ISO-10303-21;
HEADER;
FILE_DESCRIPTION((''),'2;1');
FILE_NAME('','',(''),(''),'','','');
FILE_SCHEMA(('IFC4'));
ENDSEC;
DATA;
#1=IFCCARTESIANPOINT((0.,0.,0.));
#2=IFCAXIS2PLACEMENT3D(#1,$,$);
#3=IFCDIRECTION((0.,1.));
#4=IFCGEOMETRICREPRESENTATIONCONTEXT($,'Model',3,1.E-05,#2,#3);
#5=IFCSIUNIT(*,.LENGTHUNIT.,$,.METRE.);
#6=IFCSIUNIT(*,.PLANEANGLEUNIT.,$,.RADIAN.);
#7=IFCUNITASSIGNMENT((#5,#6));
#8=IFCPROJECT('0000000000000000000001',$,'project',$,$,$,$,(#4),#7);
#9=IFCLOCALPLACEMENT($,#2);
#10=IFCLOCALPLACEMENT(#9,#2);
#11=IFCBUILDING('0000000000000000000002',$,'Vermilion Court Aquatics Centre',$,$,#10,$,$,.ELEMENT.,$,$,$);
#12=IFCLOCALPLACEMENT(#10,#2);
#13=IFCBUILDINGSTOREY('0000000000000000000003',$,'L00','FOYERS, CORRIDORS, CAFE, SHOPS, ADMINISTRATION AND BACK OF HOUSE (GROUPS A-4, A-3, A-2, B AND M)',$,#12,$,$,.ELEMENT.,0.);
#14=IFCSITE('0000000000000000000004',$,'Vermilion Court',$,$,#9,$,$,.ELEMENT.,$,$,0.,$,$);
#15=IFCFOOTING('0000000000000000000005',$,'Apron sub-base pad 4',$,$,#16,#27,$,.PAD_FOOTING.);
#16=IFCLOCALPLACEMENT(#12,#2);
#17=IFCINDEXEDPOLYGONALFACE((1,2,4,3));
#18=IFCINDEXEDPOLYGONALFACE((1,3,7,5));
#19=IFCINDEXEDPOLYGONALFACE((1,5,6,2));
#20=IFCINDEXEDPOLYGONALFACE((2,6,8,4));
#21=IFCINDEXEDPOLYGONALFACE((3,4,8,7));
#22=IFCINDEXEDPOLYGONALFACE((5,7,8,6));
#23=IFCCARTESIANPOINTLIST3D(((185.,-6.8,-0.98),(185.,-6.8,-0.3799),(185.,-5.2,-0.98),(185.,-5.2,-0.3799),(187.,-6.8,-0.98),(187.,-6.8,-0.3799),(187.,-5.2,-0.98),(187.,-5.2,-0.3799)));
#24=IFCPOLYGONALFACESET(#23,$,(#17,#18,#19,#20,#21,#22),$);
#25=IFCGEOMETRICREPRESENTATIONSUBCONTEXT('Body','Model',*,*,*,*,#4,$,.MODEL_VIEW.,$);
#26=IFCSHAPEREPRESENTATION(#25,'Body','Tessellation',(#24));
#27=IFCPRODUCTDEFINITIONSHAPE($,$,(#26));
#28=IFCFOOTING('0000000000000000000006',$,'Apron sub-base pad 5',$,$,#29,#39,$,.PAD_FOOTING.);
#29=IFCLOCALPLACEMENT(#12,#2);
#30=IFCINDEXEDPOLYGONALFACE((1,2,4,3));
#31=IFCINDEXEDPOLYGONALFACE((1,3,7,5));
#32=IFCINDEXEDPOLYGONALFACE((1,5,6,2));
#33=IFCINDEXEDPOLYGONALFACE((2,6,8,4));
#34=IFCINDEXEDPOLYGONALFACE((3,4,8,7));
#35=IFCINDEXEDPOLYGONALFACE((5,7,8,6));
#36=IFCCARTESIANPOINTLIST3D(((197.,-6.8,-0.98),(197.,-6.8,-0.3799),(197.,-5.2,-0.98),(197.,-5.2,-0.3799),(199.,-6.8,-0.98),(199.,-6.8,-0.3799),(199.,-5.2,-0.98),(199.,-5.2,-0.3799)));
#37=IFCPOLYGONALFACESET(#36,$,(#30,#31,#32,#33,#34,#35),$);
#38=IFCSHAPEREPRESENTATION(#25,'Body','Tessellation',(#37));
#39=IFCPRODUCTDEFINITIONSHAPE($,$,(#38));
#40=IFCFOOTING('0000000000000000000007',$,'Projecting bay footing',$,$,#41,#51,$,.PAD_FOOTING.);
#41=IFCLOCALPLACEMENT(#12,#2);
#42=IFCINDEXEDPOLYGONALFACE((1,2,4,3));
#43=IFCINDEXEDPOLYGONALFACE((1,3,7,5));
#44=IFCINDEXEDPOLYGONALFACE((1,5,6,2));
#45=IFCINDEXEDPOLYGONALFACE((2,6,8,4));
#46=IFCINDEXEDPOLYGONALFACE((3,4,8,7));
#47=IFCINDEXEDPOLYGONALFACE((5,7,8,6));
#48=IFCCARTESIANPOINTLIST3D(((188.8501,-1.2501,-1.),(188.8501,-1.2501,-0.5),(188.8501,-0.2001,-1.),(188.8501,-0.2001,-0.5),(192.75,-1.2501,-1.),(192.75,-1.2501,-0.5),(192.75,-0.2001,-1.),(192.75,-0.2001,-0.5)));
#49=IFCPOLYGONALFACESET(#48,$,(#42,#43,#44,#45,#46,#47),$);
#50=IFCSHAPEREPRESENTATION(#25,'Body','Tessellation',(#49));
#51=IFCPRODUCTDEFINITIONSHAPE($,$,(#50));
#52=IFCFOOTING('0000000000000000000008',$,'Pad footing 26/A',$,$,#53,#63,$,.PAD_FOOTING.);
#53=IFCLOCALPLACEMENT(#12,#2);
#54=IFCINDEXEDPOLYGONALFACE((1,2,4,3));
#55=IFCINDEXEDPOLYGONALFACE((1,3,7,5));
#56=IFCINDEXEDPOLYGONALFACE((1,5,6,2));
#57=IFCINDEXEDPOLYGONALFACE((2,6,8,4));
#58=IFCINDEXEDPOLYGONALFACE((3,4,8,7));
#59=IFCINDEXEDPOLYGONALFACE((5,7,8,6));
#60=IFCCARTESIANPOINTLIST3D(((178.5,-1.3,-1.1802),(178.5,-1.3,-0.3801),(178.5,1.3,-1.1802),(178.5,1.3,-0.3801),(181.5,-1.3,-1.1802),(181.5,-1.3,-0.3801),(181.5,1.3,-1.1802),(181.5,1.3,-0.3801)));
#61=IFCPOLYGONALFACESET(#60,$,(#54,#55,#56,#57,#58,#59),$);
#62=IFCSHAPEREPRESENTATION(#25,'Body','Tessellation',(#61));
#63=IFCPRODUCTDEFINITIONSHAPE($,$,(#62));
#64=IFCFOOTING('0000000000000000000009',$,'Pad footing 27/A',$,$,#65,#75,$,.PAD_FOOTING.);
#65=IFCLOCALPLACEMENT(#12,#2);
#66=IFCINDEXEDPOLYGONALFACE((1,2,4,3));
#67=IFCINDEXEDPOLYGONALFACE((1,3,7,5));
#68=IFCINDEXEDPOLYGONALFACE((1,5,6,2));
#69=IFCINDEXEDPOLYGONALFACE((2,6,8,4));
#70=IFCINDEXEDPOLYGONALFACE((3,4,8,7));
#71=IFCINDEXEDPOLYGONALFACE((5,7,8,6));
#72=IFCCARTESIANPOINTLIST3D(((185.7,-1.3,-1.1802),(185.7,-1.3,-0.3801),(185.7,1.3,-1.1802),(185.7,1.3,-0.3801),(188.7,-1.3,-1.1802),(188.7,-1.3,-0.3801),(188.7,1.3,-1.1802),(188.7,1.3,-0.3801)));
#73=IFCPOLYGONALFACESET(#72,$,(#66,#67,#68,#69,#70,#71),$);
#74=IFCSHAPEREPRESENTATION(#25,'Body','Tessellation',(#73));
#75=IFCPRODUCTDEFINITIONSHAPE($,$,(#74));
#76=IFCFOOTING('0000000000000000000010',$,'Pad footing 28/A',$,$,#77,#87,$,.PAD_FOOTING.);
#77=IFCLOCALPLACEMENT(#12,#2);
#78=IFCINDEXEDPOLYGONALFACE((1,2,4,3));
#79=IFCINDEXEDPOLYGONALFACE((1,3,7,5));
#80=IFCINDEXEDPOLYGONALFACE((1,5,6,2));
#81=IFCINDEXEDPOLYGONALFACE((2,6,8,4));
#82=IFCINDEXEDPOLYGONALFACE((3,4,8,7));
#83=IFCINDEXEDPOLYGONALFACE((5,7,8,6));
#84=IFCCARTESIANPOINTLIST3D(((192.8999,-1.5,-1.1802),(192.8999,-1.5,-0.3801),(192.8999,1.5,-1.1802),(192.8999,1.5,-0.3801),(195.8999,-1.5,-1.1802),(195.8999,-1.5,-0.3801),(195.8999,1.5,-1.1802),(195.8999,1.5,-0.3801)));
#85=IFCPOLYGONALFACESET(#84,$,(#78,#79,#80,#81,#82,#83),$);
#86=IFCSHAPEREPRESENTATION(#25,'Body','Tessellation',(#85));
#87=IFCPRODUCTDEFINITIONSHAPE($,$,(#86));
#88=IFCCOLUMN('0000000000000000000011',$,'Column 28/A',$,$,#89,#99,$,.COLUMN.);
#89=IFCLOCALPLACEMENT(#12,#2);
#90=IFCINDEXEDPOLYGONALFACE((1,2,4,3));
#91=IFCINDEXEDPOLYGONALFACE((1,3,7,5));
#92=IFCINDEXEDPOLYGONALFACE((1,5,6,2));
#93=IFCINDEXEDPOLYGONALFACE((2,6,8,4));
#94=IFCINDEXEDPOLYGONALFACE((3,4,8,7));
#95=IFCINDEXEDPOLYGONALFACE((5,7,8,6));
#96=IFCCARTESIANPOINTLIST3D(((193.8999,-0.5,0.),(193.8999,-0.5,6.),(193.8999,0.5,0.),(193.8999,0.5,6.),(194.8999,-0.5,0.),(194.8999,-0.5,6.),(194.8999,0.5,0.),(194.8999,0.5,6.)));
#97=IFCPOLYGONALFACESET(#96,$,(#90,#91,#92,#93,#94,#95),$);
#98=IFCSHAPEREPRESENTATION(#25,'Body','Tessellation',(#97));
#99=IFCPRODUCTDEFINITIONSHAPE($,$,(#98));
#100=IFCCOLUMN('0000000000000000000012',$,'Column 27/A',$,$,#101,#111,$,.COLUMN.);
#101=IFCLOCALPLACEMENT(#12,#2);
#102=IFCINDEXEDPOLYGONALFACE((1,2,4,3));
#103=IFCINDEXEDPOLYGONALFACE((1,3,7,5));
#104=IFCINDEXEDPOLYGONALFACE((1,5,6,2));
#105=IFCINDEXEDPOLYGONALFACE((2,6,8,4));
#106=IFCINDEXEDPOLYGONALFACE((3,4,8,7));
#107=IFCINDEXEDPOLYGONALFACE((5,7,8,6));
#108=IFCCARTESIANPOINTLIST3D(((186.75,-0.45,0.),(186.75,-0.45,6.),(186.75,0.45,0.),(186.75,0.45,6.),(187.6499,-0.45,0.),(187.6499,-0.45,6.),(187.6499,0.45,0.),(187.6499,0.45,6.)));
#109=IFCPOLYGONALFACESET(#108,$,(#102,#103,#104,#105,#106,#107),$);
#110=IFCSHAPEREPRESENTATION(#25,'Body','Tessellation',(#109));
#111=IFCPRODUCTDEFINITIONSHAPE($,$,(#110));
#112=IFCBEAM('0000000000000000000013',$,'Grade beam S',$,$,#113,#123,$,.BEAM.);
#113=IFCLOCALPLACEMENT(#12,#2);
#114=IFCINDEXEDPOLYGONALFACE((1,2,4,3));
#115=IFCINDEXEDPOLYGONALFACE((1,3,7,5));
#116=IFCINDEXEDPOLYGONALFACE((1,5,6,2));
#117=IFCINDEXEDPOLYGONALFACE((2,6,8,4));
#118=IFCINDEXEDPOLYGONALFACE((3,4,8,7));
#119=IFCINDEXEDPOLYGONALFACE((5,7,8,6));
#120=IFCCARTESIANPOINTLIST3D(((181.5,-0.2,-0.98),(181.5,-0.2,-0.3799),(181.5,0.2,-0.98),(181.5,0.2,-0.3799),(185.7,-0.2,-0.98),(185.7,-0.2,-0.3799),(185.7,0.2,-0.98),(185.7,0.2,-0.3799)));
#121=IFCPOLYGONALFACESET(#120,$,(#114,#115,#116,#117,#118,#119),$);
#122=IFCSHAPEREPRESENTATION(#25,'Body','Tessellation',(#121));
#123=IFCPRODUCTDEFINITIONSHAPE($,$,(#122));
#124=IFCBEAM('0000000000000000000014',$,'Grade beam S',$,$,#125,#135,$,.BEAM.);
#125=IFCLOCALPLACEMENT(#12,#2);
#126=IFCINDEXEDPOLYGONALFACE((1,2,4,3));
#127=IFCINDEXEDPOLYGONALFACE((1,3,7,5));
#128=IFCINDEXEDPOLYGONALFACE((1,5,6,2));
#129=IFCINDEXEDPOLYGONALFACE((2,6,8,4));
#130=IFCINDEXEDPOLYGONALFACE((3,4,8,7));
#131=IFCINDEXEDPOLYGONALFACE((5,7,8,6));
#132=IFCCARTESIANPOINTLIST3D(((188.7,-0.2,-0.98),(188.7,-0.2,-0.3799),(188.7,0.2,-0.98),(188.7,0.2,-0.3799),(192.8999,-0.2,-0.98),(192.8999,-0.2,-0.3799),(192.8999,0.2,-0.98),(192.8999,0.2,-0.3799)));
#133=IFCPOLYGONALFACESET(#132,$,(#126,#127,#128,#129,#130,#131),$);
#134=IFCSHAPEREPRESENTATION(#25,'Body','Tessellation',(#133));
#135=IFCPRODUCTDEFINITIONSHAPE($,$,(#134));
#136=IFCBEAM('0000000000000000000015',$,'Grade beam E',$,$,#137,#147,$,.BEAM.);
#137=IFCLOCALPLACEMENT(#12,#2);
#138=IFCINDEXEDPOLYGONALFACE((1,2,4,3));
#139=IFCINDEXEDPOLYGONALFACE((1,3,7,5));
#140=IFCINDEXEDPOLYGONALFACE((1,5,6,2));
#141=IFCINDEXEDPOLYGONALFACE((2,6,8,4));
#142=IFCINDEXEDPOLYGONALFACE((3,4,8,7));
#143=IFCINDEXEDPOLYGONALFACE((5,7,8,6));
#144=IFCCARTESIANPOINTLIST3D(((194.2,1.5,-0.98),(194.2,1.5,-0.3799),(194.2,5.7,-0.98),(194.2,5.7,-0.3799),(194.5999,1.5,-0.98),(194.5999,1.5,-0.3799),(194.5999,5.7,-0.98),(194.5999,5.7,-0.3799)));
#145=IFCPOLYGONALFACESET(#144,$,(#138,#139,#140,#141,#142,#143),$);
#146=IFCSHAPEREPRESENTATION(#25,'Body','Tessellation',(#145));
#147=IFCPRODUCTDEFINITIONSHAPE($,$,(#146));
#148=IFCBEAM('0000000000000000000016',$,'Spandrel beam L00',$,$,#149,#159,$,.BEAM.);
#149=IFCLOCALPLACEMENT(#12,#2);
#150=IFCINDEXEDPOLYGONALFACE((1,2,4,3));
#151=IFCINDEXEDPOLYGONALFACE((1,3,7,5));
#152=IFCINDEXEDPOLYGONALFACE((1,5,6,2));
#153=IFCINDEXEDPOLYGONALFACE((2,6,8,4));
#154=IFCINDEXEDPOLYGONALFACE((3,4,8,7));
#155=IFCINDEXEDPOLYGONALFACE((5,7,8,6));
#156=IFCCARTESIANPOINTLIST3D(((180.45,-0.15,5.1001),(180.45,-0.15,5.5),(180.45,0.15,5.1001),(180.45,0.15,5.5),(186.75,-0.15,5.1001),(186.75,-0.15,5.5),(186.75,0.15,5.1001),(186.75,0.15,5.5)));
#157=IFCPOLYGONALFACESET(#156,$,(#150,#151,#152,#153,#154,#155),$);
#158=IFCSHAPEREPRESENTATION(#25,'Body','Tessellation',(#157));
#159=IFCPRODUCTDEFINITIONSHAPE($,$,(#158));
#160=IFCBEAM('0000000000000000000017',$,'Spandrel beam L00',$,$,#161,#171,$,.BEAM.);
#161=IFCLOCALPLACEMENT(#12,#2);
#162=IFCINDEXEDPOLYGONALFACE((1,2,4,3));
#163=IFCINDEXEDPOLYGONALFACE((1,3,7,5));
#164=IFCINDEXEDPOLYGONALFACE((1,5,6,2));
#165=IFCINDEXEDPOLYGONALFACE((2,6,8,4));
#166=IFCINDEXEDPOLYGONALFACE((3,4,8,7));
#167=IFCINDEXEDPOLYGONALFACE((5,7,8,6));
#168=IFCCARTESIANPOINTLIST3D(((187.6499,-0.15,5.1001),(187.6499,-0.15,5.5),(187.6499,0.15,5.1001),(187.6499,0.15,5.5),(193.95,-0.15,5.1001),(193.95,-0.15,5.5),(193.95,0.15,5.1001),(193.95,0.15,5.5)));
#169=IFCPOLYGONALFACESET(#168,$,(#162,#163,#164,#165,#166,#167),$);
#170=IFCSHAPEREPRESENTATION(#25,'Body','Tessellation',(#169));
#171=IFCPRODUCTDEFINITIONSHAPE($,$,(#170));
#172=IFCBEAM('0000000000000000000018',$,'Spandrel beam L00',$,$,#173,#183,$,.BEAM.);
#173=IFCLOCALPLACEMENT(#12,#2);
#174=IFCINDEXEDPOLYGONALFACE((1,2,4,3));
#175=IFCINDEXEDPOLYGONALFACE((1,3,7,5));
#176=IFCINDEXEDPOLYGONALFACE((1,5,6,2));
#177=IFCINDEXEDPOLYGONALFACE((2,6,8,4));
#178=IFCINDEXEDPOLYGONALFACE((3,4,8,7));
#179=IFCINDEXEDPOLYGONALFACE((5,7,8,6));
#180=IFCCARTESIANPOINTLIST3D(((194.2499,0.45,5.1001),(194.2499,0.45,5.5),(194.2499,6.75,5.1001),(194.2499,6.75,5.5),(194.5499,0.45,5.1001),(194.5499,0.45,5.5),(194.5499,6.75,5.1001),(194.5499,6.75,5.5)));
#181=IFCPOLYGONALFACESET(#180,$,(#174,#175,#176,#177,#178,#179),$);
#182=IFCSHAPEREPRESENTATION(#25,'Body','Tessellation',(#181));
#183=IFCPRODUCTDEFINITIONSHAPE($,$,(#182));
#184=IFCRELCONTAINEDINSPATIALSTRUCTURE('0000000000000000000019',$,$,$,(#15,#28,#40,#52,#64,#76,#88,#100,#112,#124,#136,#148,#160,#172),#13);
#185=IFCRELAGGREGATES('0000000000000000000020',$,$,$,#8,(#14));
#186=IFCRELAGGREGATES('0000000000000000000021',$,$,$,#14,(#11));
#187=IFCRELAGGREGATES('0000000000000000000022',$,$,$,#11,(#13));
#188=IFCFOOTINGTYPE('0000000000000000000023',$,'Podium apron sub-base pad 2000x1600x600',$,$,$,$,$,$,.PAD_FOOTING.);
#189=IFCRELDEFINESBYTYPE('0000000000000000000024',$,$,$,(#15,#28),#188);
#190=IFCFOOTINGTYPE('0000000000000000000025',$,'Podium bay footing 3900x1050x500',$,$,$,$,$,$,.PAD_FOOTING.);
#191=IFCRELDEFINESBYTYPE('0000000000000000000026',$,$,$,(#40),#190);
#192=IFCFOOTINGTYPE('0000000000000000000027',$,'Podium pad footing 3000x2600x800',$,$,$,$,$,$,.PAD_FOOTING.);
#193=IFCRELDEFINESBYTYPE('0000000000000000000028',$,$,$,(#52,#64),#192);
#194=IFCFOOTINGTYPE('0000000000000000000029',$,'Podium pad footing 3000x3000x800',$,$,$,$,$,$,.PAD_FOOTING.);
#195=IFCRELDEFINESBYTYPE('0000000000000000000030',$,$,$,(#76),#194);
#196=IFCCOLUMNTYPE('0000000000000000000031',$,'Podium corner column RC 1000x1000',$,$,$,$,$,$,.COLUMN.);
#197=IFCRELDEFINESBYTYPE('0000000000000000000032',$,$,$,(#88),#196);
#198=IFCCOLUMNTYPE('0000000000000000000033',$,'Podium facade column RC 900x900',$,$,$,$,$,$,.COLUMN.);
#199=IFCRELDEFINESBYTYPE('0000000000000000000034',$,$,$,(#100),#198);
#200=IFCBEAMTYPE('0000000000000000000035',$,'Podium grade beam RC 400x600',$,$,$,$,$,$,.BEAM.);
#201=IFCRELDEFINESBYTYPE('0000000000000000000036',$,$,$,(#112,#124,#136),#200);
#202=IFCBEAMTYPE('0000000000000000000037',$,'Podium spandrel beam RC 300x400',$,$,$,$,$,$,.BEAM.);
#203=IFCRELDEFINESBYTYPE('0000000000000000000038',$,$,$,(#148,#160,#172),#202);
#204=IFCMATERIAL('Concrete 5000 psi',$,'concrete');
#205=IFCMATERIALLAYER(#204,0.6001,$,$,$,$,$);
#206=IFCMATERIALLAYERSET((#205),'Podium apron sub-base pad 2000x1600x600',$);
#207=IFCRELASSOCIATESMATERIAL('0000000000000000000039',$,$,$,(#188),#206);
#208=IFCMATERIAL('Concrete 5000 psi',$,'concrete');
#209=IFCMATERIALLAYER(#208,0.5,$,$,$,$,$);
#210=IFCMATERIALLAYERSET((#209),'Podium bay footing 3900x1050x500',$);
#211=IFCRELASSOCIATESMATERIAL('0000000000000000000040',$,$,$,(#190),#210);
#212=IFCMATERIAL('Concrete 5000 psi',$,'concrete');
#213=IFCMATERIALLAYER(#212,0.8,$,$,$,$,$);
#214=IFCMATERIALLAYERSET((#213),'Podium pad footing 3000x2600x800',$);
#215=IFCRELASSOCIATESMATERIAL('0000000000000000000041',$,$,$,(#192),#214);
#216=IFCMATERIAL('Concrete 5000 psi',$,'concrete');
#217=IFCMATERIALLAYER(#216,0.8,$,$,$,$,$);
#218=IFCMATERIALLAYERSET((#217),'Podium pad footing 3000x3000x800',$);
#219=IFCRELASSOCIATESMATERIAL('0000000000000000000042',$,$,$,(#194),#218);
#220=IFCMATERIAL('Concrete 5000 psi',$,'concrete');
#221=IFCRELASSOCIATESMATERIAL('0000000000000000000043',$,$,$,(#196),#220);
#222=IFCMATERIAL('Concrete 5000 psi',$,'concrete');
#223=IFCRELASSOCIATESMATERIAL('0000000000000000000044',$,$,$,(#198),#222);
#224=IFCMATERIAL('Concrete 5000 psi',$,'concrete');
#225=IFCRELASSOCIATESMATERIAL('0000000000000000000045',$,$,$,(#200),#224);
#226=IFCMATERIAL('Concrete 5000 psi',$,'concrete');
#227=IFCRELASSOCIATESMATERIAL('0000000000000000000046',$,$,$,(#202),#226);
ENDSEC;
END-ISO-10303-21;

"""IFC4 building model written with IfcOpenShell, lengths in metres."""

from ifc_helpers import new_model, si_unit, direction, frame, origin, origin_2d, place, context, subcontext, project, spatial, rectangle, extrude, material, layer, layer_set, material_profile, profile_set, type_object, element, save


model = new_model("IFC4")

# Units and contexts
model_context = context("Model", 3, precision=1e-05, world=origin(), true_north=direction((0.0, 1.0)))
body_context = subcontext(model_context, "Body", "Model", "MODEL_VIEW")
ifc_project = project(units=[si_unit("LENGTHUNIT", "METRE"), si_unit("PLANEANGLEUNIT", "RADIAN")], contexts=[model_context])

# Site, building, storey
site_placement = place(None, origin())
site = spatial("IfcSite", under=ifc_project, at=site_placement, Name="Vermilion Court", CompositionType="ELEMENT", RefElevation=0.0)
building_placement = place(site_placement, origin())
building = spatial("IfcBuilding", under=site, at=building_placement, Name="Vermilion Court Aquatics Centre", CompositionType="ELEMENT")
storey_placement = place(building_placement, origin())
storey = spatial("IfcBuildingStorey", under=building, at=storey_placement, Name="L00", Description="FOYERS, CORRIDORS, CAFE, SHOPS, ADMINISTRATION AND BACK OF HOUSE (GROUPS A-4, A-3, A-2, B AND M)", CompositionType="ELEMENT", Elevation=0.0)

# Footings
ifc_material_1 = material(Name="Concrete 5000 psi", Category="concrete")
ifc_layer_1 = layer(ifc_material_1, 0.6001)
ifc_layer_set_1 = layer_set([ifc_layer_1], Name="Podium apron sub-base pad 2000x1600x600")
footing_type_1 = type_object("IfcFootingType", Name="Podium apron sub-base pad 2000x1600x600", PredefinedType="PAD_FOOTING", material=ifc_layer_set_1)
for number, where, z_axis, x_axis, name in (
    (1, (186.0, -6.0, -0.98), (0.0, 0.0, 1.0), (1.0, 0.0, 0.0), "Apron sub-base pad 4"),
    (2, (198.0, -6.0, -0.98), (0.0, 0.0, 1.0), (1.0, 0.0, 0.0), "Apron sub-base pad 5"),
):
    element("IfcFooting", number, at=place(storey_placement, frame(where, z_axis=z_axis, x_axis=x_axis)), inside=storey, type_object=footing_type_1, Name=name, PredefinedType="PAD_FOOTING", context=body_context, shape_type="SweptSolid", body=[
        extrude(rectangle(XDim=2.0, YDim=1.6001, at=origin_2d()), origin(), (0.0, 0.0, 1.0), 0.6001),
    ])
ifc_material_2 = material(Name="Concrete 5000 psi", Category="concrete")
ifc_layer_2 = layer(ifc_material_2, 0.5)
ifc_layer_set_2 = layer_set([ifc_layer_2], Name="Podium bay footing 3900x1050x500")
footing_type_2 = type_object("IfcFootingType", Name="Podium bay footing 3900x1050x500", PredefinedType="PAD_FOOTING", material=ifc_layer_set_2)
footing_1_placement = place(storey_placement, frame((190.8, -0.7251, -1.0), z_axis=(0.0, 0.0, 1.0), x_axis=(1.0, 0.0, 0.0)))
element("IfcFooting", 3, at=footing_1_placement, inside=storey, type_object=footing_type_2, Name="Projecting bay footing", PredefinedType="PAD_FOOTING", context=body_context, shape_type="SweptSolid", body=[
    extrude(rectangle(XDim=3.8999, YDim=1.05, at=origin_2d()), origin(), (0.0, 0.0, 1.0), 0.5),
])
ifc_material_3 = material(Name="Concrete 5000 psi", Category="concrete")
ifc_layer_3 = layer(ifc_material_3, 0.8)
ifc_layer_set_3 = layer_set([ifc_layer_3], Name="Podium pad footing 3000x2600x800")
footing_type_3 = type_object("IfcFootingType", Name="Podium pad footing 3000x2600x800", PredefinedType="PAD_FOOTING", material=ifc_layer_set_3)
for number, where, z_axis, x_axis, name in (
    (4, (180.0, 0.0, -1.1802), (0.0, 0.0, 1.0), (1.0, 0.0, 0.0), "Pad footing 26/A"),
    (5, (187.2, 0.0, -1.1802), (0.0, 0.0, 1.0), (1.0, 0.0, 0.0), "Pad footing 27/A"),
):
    element("IfcFooting", number, at=place(storey_placement, frame(where, z_axis=z_axis, x_axis=x_axis)), inside=storey, type_object=footing_type_3, Name=name, PredefinedType="PAD_FOOTING", context=body_context, shape_type="SweptSolid", body=[
        extrude(rectangle(XDim=3.0, YDim=2.6001, at=origin_2d()), origin(), (0.0, 0.0, 1.0), 0.8),
    ])
ifc_material_4 = material(Name="Concrete 5000 psi", Category="concrete")
ifc_layer_4 = layer(ifc_material_4, 0.8)
ifc_layer_set_4 = layer_set([ifc_layer_4], Name="Podium pad footing 3000x3000x800")
footing_type_4 = type_object("IfcFootingType", Name="Podium pad footing 3000x3000x800", PredefinedType="PAD_FOOTING", material=ifc_layer_set_4)
footing_2_placement = place(storey_placement, frame((194.3999, 0.0, -1.1802), z_axis=(0.0, 0.0, 1.0), x_axis=(1.0, 0.0, 0.0)))
element("IfcFooting", 6, at=footing_2_placement, inside=storey, type_object=footing_type_4, Name="Pad footing 28/A", PredefinedType="PAD_FOOTING", context=body_context, shape_type="SweptSolid", body=[
    extrude(rectangle(XDim=3.0, YDim=3.0, at=origin_2d()), origin(), (0.0, 0.0, 1.0), 0.8),
])

# Columns
ifc_material_5 = material(Name="Concrete 5000 psi", Category="concrete")
ifc_material_profile_1 = material_profile(ifc_material_5, rectangle(XDim=1.0, YDim=1.0, at=origin_2d()), Name="RC 1000x1000")
ifc_profile_set_1 = profile_set([ifc_material_profile_1], Name="Concrete 5000 psi")
column_type_1 = type_object("IfcColumnType", Name="Podium corner column RC 1000x1000", PredefinedType="COLUMN", material=ifc_profile_set_1)
column_1_placement = place(storey_placement, frame((194.3999, 0.0, 0.0), z_axis=(0.0, 0.0, 1.0), x_axis=(1.0, 0.0, 0.0)))
element("IfcColumn", 7, at=column_1_placement, inside=storey, type_object=column_type_1, Name="Column 28/A", PredefinedType="COLUMN", context=body_context, shape_type="SweptSolid", body=[
    extrude(rectangle(XDim=1.0, YDim=1.0, at=origin_2d()), origin(), (0.0, 0.0, 1.0), 6.0),
])
ifc_material_6 = material(Name="Concrete 5000 psi", Category="concrete")
ifc_material_profile_2 = material_profile(ifc_material_6, rectangle(XDim=0.8999, YDim=0.8999, at=origin_2d()), Name="RC 900x900")
ifc_profile_set_2 = profile_set([ifc_material_profile_2], Name="Concrete 5000 psi")
column_type_2 = type_object("IfcColumnType", Name="Podium facade column RC 900x900", PredefinedType="COLUMN", material=ifc_profile_set_2)
column_2_placement = place(storey_placement, frame((187.2, 0.0, 0.0), z_axis=(0.0, 0.0, 1.0), x_axis=(1.0, 0.0, 0.0)))
element("IfcColumn", 8, at=column_2_placement, inside=storey, type_object=column_type_2, Name="Column 27/A", PredefinedType="COLUMN", context=body_context, shape_type="SweptSolid", body=[
    extrude(rectangle(XDim=0.8999, YDim=0.8999, at=origin_2d()), origin(), (0.0, 0.0, 1.0), 6.0),
])

# Beams
ifc_material_7 = material(Name="Concrete 5000 psi", Category="concrete")
ifc_material_profile_3 = material_profile(ifc_material_7, rectangle(XDim=0.3999, YDim=0.6001, at=origin_2d()), Name="RC 400x600")
ifc_profile_set_3 = profile_set([ifc_material_profile_3], Name="Concrete 5000 psi")
beam_type_1 = type_object("IfcBeamType", Name="Podium grade beam RC 400x600", PredefinedType="BEAM", material=ifc_profile_set_3)
for number, where, z_axis, x_axis, name in (
    (9, (181.5, 0.0, -0.6799), (1.0, 0.0, 0.0), (0.0, 1.0, 0.0), "Grade beam S"),
    (10, (188.7, 0.0, -0.6799), (1.0, 0.0, 0.0), (0.0, 1.0, 0.0), "Grade beam S"),
    (11, (194.3999, 1.5, -0.6799), (0.0, 1.0, 0.0), (-1.0, 0.0, 0.0), "Grade beam E"),
):
    element("IfcBeam", number, at=place(storey_placement, frame(where, z_axis=z_axis, x_axis=x_axis)), inside=storey, type_object=beam_type_1, Name=name, PredefinedType="BEAM", context=body_context, shape_type="SweptSolid", body=[
        extrude(rectangle(XDim=0.3999, YDim=0.6001, at=origin_2d()), origin(), (0.0, 0.0, 1.0), 4.2),
    ])
ifc_material_8 = material(Name="Concrete 5000 psi", Category="concrete")
ifc_material_profile_4 = material_profile(ifc_material_8, rectangle(XDim=0.3, YDim=0.3999, at=origin_2d()), Name="RC 300x400")
ifc_profile_set_4 = profile_set([ifc_material_profile_4], Name="Concrete 5000 psi")
beam_type_2 = type_object("IfcBeamType", Name="Podium spandrel beam RC 300x400", PredefinedType="BEAM", material=ifc_profile_set_4)
for number, where, z_axis, x_axis, name in (
    (12, (180.45, 0.0, 5.3), (1.0, 0.0, 0.0), (0.0, 1.0, 0.0), "Spandrel beam L00"),
    (13, (187.6499, 0.0, 5.3), (1.0, 0.0, 0.0), (0.0, 1.0, 0.0), "Spandrel beam L00"),
    (14, (194.3999, 0.45, 5.3), (0.0, 1.0, 0.0), (-1.0, 0.0, 0.0), "Spandrel beam L00"),
):
    element("IfcBeam", number, at=place(storey_placement, frame(where, z_axis=z_axis, x_axis=x_axis)), inside=storey, type_object=beam_type_2, Name=name, PredefinedType="BEAM", context=body_context, shape_type="SweptSolid", body=[
        extrude(rectangle(XDim=0.3, YDim=0.3999, at=origin_2d()), origin(), (0.0, 0.0, 1.0), 6.3),
    ])

save(model, "model.ifc")
